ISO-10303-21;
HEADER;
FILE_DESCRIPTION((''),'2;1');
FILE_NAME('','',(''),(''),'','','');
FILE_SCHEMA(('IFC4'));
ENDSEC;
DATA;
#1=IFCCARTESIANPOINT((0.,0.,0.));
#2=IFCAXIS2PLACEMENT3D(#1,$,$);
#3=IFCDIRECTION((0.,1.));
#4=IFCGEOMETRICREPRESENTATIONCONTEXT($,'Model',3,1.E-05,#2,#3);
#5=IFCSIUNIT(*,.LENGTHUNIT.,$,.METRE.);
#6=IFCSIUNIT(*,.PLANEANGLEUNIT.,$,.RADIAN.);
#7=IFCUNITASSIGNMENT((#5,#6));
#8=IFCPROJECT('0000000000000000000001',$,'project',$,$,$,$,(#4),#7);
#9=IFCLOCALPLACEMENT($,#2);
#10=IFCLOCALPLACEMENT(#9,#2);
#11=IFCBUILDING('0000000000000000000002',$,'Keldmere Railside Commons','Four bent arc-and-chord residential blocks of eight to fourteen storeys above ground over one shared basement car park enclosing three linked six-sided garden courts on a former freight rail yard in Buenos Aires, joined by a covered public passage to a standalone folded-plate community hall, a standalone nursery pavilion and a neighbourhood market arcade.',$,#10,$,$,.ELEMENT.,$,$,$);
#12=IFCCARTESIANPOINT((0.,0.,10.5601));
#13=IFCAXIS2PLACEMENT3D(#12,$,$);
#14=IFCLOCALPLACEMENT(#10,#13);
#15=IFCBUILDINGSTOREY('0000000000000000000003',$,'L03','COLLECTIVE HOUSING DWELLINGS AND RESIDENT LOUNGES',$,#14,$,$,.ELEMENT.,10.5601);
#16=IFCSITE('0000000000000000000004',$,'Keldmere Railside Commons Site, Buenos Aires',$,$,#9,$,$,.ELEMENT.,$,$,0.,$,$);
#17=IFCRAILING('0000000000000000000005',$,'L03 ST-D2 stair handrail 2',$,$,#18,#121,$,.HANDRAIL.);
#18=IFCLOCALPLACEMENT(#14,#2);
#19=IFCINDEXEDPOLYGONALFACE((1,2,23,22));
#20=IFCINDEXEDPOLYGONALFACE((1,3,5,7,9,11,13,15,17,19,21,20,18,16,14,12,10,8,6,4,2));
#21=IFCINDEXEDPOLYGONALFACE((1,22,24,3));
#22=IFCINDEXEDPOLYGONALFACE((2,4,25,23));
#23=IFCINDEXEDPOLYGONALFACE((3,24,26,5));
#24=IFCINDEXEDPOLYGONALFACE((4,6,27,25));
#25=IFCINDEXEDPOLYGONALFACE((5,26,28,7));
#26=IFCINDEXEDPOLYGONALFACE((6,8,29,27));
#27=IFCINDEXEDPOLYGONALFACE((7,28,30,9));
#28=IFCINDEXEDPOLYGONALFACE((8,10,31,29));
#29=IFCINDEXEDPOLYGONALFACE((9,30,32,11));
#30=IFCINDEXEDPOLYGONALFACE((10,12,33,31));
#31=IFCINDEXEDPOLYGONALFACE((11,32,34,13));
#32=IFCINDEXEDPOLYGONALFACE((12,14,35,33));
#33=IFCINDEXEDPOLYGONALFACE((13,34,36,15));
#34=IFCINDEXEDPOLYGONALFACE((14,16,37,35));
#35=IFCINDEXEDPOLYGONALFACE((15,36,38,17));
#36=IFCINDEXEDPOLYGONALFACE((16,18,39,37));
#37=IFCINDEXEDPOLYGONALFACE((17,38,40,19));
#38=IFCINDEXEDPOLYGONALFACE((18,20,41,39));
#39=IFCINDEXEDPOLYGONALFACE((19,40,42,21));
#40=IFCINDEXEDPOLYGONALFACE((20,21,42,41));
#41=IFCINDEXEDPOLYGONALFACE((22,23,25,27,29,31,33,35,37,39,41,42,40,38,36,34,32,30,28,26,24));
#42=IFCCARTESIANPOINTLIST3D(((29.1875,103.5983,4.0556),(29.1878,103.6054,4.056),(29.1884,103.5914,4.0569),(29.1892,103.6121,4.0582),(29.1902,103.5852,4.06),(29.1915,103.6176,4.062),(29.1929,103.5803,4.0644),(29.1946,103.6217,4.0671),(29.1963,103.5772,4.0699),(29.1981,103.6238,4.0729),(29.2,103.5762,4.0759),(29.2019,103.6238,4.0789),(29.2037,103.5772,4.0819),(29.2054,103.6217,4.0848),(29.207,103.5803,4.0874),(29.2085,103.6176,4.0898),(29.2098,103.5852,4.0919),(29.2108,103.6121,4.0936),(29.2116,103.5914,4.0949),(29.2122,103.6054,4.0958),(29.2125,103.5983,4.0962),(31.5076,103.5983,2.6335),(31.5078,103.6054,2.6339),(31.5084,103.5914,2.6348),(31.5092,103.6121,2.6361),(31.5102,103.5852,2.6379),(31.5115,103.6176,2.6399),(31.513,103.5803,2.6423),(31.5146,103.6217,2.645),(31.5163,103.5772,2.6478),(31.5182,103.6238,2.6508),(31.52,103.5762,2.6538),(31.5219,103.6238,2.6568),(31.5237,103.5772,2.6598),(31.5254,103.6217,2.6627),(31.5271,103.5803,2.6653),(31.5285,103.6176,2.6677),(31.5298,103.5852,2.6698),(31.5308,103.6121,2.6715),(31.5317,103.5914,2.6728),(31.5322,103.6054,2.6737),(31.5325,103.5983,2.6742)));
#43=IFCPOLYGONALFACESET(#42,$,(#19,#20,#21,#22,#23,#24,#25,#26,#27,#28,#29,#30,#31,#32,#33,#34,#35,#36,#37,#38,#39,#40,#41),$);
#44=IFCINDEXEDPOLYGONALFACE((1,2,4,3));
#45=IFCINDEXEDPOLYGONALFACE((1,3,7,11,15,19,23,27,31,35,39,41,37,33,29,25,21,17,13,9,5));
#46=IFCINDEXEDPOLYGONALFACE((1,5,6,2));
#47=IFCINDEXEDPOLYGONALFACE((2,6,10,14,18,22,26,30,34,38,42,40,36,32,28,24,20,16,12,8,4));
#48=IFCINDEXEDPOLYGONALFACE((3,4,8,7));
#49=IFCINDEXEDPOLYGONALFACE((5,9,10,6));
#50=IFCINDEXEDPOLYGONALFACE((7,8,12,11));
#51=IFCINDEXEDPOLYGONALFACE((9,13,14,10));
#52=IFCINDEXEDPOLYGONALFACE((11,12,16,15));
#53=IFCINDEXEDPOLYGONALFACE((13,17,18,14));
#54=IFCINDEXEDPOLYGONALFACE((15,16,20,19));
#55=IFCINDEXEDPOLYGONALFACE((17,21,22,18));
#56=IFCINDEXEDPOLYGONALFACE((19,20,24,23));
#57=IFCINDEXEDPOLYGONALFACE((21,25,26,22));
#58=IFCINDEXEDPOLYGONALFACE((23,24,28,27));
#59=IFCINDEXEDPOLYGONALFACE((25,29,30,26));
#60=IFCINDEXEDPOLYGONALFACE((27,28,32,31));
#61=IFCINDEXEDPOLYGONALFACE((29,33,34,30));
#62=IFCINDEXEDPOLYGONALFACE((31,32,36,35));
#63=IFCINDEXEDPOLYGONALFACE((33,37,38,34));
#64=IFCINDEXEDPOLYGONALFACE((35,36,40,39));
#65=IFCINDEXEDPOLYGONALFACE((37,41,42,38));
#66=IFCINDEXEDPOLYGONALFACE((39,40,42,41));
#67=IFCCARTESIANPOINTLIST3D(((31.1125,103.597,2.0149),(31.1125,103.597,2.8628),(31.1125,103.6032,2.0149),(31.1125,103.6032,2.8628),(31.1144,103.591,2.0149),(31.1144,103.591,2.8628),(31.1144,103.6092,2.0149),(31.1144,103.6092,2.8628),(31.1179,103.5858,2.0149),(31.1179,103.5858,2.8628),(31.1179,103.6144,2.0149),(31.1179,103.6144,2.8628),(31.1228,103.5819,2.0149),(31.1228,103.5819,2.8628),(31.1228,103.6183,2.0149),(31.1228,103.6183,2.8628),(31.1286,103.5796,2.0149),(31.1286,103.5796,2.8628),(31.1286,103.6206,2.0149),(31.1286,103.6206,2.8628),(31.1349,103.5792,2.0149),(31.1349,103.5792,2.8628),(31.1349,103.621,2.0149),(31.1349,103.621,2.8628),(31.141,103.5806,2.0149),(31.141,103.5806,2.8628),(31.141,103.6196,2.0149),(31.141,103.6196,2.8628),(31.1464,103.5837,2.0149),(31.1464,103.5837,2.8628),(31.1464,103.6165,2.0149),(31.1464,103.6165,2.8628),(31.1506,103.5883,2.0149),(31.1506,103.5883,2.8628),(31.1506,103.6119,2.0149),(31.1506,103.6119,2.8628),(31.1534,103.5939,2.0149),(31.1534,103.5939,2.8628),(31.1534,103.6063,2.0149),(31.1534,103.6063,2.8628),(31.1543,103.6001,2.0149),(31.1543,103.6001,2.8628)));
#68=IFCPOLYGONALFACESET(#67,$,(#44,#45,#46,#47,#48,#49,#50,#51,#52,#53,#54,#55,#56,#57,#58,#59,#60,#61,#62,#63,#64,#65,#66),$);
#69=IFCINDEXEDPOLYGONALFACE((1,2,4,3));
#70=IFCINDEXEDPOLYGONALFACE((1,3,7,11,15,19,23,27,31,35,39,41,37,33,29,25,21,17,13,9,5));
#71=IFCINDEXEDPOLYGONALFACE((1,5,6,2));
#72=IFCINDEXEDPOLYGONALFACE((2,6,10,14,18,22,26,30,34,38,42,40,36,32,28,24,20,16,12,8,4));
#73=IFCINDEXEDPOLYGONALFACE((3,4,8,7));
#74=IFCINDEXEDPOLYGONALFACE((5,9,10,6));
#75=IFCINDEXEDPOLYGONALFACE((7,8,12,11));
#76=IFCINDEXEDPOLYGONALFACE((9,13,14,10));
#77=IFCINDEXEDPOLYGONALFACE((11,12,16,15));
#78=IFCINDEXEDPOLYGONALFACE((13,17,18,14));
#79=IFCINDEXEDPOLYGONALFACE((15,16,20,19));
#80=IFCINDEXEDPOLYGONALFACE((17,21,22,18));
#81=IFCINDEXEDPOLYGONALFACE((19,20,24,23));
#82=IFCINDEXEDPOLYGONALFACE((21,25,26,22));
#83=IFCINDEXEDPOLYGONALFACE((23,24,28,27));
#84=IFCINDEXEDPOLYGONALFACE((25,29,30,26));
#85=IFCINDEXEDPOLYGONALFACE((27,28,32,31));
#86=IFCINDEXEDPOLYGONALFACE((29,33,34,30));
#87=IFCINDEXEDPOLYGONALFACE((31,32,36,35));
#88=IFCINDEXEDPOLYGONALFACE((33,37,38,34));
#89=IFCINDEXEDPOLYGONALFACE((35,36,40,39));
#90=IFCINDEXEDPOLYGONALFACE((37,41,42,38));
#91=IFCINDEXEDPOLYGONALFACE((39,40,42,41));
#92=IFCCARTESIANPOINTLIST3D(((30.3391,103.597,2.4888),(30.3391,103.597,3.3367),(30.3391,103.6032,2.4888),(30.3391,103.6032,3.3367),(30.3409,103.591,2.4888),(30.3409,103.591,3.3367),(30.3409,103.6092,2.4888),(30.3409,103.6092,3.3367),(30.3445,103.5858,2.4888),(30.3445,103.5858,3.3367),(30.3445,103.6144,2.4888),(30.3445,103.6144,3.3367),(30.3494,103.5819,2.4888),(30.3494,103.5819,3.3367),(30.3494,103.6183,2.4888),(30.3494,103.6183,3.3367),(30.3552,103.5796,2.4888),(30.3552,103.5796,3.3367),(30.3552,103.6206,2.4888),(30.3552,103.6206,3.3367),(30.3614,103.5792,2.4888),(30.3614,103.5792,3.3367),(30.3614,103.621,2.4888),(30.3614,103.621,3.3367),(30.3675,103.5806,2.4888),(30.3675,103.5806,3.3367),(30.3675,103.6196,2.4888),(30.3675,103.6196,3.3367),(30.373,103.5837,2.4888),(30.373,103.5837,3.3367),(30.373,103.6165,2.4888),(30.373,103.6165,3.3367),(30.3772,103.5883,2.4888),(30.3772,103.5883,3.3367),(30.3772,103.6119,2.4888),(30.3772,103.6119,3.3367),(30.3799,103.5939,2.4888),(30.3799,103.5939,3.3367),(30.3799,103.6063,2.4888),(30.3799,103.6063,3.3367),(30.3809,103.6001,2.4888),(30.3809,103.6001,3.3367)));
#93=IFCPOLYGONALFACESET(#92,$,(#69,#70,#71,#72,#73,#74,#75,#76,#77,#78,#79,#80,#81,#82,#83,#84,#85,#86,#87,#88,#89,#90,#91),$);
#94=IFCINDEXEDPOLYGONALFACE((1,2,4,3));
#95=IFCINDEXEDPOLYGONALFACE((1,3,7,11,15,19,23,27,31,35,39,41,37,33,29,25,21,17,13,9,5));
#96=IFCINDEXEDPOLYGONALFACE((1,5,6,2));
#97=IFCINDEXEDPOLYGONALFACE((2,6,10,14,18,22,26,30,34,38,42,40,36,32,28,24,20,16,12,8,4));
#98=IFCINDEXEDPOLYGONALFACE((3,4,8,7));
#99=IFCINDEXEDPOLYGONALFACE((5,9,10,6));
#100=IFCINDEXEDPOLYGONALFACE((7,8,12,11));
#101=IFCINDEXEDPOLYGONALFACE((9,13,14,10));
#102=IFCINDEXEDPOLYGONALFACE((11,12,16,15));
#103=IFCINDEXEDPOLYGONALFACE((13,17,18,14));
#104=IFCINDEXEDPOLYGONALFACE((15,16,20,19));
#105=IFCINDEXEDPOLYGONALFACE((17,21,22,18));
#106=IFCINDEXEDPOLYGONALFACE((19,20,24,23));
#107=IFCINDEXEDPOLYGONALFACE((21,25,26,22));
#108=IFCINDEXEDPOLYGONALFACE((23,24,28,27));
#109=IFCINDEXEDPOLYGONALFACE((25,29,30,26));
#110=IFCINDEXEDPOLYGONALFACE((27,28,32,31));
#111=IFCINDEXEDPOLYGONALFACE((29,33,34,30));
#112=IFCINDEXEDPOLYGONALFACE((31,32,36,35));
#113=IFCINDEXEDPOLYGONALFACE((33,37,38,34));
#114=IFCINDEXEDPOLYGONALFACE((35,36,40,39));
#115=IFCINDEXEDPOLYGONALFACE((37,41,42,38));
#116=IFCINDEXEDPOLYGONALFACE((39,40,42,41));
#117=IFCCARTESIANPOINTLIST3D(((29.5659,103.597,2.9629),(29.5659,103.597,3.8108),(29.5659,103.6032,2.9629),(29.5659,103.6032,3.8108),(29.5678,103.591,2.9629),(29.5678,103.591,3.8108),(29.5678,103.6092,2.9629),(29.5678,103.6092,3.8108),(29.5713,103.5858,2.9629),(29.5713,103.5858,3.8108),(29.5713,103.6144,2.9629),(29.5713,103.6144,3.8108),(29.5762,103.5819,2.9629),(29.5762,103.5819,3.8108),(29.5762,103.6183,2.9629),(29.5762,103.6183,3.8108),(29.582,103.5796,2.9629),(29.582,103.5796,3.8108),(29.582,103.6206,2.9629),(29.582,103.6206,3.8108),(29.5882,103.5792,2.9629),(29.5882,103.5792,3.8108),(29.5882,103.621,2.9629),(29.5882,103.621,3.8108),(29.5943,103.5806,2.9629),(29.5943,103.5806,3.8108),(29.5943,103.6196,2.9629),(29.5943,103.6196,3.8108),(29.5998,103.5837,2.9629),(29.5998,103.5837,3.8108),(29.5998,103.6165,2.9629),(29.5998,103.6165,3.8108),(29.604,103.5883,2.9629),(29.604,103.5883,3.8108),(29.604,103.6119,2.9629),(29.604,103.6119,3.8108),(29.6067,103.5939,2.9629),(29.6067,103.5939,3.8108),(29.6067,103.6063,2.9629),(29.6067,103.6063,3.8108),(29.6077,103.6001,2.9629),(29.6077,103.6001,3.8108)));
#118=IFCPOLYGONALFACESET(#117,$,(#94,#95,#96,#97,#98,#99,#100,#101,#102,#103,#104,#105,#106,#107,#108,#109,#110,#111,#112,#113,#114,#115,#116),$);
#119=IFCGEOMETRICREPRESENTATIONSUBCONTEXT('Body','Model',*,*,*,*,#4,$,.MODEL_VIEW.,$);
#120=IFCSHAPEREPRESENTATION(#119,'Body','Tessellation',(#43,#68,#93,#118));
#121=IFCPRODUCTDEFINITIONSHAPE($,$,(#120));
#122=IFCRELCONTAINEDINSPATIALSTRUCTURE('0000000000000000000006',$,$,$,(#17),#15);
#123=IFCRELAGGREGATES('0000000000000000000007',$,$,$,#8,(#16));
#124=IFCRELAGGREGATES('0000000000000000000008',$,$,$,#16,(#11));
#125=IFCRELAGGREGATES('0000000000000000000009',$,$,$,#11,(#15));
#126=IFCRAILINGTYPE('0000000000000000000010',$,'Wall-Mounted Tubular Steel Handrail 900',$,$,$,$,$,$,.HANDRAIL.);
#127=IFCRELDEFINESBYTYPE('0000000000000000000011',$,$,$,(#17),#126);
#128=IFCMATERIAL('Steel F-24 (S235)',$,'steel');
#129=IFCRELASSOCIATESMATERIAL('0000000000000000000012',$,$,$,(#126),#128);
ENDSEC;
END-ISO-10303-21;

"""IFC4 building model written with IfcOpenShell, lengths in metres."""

from ifc_helpers import new_model, si_unit, direction, frame, origin, origin_2d, place, context, subcontext, project, spatial, circle, extrude, material, type_object, element, save


model = new_model("IFC4")

# Units and contexts
model_context = context("Model", 3, precision=1e-05, world=origin(), true_north=direction((0.0, 1.0)))
body_context = subcontext(model_context, "Body", "Model", "MODEL_VIEW")
ifc_project = project(units=[si_unit("LENGTHUNIT", "METRE"), si_unit("PLANEANGLEUNIT", "RADIAN")], contexts=[model_context])

# Site, building, storey
site_placement = place(None, origin())
site = spatial("IfcSite", under=ifc_project, at=site_placement, Name="Keldmere Railside Commons Site, Buenos Aires", CompositionType="ELEMENT", RefElevation=0.0)
building_placement = place(site_placement, origin())
building = spatial("IfcBuilding", under=site, at=building_placement, Name="Keldmere Railside Commons", Description="Four bent arc-and-chord residential blocks of eight to fourteen storeys above ground over one shared basement car park enclosing three linked six-sided garden courts on a former freight rail yard in Buenos Aires, joined by a covered public passage to a standalone folded-plate community hall, a standalone nursery pavilion and a neighbourhood market arcade.", CompositionType="ELEMENT")
storey_placement = place(building_placement, frame((0.0, 0.0, 10.5601)))
storey = spatial("IfcBuildingStorey", under=building, at=storey_placement, Name="L03", Description="COLLECTIVE HOUSING DWELLINGS AND RESIDENT LOUNGES", CompositionType="ELEMENT", Elevation=10.5601)

# Shared definitions
ifc_material_1 = material(Name="Steel F-24 (S235)", Category="steel")

# Railing
railing_type_1 = type_object("IfcRailingType", Name="Wall-Mounted Tubular Steel Handrail 900", PredefinedType="HANDRAIL", material=ifc_material_1)
railing_1_placement = place(storey_placement, frame((31.52, 103.6001, 1.7778)))
element("IfcRailing", 1, at=railing_1_placement, inside=storey, type_object=railing_type_1, Name="L03 ST-D2 stair handrail 2", PredefinedType="HANDRAIL", context=body_context, shape_type="SweptSolid", body=[
    extrude(circle(Radius=0.0239, at=origin_2d()), frame((0.0, 0.0, 0.876), z_axis=(-0.852578, 0.0, 0.5226), x_axis=(0.0, -1.0, 0.0)), (0.0, 0.0, 1.0), 2.7212),
    extrude(circle(Radius=0.021, at=origin_2d()), frame((-0.3867, 0.0, 0.2371)), (0.0, 0.0, 1.0), 0.8479),
    extrude(circle(Radius=0.021, at=origin_2d()), frame((-1.1602, 0.0, 0.7109)), (0.0, 0.0, 1.0), 0.8479),
    extrude(circle(Radius=0.021, at=origin_2d()), frame((-1.9333, 0.0, 1.1851)), (0.0, 0.0, 1.0), 0.8479),
])

save(model, "model.ifc")
